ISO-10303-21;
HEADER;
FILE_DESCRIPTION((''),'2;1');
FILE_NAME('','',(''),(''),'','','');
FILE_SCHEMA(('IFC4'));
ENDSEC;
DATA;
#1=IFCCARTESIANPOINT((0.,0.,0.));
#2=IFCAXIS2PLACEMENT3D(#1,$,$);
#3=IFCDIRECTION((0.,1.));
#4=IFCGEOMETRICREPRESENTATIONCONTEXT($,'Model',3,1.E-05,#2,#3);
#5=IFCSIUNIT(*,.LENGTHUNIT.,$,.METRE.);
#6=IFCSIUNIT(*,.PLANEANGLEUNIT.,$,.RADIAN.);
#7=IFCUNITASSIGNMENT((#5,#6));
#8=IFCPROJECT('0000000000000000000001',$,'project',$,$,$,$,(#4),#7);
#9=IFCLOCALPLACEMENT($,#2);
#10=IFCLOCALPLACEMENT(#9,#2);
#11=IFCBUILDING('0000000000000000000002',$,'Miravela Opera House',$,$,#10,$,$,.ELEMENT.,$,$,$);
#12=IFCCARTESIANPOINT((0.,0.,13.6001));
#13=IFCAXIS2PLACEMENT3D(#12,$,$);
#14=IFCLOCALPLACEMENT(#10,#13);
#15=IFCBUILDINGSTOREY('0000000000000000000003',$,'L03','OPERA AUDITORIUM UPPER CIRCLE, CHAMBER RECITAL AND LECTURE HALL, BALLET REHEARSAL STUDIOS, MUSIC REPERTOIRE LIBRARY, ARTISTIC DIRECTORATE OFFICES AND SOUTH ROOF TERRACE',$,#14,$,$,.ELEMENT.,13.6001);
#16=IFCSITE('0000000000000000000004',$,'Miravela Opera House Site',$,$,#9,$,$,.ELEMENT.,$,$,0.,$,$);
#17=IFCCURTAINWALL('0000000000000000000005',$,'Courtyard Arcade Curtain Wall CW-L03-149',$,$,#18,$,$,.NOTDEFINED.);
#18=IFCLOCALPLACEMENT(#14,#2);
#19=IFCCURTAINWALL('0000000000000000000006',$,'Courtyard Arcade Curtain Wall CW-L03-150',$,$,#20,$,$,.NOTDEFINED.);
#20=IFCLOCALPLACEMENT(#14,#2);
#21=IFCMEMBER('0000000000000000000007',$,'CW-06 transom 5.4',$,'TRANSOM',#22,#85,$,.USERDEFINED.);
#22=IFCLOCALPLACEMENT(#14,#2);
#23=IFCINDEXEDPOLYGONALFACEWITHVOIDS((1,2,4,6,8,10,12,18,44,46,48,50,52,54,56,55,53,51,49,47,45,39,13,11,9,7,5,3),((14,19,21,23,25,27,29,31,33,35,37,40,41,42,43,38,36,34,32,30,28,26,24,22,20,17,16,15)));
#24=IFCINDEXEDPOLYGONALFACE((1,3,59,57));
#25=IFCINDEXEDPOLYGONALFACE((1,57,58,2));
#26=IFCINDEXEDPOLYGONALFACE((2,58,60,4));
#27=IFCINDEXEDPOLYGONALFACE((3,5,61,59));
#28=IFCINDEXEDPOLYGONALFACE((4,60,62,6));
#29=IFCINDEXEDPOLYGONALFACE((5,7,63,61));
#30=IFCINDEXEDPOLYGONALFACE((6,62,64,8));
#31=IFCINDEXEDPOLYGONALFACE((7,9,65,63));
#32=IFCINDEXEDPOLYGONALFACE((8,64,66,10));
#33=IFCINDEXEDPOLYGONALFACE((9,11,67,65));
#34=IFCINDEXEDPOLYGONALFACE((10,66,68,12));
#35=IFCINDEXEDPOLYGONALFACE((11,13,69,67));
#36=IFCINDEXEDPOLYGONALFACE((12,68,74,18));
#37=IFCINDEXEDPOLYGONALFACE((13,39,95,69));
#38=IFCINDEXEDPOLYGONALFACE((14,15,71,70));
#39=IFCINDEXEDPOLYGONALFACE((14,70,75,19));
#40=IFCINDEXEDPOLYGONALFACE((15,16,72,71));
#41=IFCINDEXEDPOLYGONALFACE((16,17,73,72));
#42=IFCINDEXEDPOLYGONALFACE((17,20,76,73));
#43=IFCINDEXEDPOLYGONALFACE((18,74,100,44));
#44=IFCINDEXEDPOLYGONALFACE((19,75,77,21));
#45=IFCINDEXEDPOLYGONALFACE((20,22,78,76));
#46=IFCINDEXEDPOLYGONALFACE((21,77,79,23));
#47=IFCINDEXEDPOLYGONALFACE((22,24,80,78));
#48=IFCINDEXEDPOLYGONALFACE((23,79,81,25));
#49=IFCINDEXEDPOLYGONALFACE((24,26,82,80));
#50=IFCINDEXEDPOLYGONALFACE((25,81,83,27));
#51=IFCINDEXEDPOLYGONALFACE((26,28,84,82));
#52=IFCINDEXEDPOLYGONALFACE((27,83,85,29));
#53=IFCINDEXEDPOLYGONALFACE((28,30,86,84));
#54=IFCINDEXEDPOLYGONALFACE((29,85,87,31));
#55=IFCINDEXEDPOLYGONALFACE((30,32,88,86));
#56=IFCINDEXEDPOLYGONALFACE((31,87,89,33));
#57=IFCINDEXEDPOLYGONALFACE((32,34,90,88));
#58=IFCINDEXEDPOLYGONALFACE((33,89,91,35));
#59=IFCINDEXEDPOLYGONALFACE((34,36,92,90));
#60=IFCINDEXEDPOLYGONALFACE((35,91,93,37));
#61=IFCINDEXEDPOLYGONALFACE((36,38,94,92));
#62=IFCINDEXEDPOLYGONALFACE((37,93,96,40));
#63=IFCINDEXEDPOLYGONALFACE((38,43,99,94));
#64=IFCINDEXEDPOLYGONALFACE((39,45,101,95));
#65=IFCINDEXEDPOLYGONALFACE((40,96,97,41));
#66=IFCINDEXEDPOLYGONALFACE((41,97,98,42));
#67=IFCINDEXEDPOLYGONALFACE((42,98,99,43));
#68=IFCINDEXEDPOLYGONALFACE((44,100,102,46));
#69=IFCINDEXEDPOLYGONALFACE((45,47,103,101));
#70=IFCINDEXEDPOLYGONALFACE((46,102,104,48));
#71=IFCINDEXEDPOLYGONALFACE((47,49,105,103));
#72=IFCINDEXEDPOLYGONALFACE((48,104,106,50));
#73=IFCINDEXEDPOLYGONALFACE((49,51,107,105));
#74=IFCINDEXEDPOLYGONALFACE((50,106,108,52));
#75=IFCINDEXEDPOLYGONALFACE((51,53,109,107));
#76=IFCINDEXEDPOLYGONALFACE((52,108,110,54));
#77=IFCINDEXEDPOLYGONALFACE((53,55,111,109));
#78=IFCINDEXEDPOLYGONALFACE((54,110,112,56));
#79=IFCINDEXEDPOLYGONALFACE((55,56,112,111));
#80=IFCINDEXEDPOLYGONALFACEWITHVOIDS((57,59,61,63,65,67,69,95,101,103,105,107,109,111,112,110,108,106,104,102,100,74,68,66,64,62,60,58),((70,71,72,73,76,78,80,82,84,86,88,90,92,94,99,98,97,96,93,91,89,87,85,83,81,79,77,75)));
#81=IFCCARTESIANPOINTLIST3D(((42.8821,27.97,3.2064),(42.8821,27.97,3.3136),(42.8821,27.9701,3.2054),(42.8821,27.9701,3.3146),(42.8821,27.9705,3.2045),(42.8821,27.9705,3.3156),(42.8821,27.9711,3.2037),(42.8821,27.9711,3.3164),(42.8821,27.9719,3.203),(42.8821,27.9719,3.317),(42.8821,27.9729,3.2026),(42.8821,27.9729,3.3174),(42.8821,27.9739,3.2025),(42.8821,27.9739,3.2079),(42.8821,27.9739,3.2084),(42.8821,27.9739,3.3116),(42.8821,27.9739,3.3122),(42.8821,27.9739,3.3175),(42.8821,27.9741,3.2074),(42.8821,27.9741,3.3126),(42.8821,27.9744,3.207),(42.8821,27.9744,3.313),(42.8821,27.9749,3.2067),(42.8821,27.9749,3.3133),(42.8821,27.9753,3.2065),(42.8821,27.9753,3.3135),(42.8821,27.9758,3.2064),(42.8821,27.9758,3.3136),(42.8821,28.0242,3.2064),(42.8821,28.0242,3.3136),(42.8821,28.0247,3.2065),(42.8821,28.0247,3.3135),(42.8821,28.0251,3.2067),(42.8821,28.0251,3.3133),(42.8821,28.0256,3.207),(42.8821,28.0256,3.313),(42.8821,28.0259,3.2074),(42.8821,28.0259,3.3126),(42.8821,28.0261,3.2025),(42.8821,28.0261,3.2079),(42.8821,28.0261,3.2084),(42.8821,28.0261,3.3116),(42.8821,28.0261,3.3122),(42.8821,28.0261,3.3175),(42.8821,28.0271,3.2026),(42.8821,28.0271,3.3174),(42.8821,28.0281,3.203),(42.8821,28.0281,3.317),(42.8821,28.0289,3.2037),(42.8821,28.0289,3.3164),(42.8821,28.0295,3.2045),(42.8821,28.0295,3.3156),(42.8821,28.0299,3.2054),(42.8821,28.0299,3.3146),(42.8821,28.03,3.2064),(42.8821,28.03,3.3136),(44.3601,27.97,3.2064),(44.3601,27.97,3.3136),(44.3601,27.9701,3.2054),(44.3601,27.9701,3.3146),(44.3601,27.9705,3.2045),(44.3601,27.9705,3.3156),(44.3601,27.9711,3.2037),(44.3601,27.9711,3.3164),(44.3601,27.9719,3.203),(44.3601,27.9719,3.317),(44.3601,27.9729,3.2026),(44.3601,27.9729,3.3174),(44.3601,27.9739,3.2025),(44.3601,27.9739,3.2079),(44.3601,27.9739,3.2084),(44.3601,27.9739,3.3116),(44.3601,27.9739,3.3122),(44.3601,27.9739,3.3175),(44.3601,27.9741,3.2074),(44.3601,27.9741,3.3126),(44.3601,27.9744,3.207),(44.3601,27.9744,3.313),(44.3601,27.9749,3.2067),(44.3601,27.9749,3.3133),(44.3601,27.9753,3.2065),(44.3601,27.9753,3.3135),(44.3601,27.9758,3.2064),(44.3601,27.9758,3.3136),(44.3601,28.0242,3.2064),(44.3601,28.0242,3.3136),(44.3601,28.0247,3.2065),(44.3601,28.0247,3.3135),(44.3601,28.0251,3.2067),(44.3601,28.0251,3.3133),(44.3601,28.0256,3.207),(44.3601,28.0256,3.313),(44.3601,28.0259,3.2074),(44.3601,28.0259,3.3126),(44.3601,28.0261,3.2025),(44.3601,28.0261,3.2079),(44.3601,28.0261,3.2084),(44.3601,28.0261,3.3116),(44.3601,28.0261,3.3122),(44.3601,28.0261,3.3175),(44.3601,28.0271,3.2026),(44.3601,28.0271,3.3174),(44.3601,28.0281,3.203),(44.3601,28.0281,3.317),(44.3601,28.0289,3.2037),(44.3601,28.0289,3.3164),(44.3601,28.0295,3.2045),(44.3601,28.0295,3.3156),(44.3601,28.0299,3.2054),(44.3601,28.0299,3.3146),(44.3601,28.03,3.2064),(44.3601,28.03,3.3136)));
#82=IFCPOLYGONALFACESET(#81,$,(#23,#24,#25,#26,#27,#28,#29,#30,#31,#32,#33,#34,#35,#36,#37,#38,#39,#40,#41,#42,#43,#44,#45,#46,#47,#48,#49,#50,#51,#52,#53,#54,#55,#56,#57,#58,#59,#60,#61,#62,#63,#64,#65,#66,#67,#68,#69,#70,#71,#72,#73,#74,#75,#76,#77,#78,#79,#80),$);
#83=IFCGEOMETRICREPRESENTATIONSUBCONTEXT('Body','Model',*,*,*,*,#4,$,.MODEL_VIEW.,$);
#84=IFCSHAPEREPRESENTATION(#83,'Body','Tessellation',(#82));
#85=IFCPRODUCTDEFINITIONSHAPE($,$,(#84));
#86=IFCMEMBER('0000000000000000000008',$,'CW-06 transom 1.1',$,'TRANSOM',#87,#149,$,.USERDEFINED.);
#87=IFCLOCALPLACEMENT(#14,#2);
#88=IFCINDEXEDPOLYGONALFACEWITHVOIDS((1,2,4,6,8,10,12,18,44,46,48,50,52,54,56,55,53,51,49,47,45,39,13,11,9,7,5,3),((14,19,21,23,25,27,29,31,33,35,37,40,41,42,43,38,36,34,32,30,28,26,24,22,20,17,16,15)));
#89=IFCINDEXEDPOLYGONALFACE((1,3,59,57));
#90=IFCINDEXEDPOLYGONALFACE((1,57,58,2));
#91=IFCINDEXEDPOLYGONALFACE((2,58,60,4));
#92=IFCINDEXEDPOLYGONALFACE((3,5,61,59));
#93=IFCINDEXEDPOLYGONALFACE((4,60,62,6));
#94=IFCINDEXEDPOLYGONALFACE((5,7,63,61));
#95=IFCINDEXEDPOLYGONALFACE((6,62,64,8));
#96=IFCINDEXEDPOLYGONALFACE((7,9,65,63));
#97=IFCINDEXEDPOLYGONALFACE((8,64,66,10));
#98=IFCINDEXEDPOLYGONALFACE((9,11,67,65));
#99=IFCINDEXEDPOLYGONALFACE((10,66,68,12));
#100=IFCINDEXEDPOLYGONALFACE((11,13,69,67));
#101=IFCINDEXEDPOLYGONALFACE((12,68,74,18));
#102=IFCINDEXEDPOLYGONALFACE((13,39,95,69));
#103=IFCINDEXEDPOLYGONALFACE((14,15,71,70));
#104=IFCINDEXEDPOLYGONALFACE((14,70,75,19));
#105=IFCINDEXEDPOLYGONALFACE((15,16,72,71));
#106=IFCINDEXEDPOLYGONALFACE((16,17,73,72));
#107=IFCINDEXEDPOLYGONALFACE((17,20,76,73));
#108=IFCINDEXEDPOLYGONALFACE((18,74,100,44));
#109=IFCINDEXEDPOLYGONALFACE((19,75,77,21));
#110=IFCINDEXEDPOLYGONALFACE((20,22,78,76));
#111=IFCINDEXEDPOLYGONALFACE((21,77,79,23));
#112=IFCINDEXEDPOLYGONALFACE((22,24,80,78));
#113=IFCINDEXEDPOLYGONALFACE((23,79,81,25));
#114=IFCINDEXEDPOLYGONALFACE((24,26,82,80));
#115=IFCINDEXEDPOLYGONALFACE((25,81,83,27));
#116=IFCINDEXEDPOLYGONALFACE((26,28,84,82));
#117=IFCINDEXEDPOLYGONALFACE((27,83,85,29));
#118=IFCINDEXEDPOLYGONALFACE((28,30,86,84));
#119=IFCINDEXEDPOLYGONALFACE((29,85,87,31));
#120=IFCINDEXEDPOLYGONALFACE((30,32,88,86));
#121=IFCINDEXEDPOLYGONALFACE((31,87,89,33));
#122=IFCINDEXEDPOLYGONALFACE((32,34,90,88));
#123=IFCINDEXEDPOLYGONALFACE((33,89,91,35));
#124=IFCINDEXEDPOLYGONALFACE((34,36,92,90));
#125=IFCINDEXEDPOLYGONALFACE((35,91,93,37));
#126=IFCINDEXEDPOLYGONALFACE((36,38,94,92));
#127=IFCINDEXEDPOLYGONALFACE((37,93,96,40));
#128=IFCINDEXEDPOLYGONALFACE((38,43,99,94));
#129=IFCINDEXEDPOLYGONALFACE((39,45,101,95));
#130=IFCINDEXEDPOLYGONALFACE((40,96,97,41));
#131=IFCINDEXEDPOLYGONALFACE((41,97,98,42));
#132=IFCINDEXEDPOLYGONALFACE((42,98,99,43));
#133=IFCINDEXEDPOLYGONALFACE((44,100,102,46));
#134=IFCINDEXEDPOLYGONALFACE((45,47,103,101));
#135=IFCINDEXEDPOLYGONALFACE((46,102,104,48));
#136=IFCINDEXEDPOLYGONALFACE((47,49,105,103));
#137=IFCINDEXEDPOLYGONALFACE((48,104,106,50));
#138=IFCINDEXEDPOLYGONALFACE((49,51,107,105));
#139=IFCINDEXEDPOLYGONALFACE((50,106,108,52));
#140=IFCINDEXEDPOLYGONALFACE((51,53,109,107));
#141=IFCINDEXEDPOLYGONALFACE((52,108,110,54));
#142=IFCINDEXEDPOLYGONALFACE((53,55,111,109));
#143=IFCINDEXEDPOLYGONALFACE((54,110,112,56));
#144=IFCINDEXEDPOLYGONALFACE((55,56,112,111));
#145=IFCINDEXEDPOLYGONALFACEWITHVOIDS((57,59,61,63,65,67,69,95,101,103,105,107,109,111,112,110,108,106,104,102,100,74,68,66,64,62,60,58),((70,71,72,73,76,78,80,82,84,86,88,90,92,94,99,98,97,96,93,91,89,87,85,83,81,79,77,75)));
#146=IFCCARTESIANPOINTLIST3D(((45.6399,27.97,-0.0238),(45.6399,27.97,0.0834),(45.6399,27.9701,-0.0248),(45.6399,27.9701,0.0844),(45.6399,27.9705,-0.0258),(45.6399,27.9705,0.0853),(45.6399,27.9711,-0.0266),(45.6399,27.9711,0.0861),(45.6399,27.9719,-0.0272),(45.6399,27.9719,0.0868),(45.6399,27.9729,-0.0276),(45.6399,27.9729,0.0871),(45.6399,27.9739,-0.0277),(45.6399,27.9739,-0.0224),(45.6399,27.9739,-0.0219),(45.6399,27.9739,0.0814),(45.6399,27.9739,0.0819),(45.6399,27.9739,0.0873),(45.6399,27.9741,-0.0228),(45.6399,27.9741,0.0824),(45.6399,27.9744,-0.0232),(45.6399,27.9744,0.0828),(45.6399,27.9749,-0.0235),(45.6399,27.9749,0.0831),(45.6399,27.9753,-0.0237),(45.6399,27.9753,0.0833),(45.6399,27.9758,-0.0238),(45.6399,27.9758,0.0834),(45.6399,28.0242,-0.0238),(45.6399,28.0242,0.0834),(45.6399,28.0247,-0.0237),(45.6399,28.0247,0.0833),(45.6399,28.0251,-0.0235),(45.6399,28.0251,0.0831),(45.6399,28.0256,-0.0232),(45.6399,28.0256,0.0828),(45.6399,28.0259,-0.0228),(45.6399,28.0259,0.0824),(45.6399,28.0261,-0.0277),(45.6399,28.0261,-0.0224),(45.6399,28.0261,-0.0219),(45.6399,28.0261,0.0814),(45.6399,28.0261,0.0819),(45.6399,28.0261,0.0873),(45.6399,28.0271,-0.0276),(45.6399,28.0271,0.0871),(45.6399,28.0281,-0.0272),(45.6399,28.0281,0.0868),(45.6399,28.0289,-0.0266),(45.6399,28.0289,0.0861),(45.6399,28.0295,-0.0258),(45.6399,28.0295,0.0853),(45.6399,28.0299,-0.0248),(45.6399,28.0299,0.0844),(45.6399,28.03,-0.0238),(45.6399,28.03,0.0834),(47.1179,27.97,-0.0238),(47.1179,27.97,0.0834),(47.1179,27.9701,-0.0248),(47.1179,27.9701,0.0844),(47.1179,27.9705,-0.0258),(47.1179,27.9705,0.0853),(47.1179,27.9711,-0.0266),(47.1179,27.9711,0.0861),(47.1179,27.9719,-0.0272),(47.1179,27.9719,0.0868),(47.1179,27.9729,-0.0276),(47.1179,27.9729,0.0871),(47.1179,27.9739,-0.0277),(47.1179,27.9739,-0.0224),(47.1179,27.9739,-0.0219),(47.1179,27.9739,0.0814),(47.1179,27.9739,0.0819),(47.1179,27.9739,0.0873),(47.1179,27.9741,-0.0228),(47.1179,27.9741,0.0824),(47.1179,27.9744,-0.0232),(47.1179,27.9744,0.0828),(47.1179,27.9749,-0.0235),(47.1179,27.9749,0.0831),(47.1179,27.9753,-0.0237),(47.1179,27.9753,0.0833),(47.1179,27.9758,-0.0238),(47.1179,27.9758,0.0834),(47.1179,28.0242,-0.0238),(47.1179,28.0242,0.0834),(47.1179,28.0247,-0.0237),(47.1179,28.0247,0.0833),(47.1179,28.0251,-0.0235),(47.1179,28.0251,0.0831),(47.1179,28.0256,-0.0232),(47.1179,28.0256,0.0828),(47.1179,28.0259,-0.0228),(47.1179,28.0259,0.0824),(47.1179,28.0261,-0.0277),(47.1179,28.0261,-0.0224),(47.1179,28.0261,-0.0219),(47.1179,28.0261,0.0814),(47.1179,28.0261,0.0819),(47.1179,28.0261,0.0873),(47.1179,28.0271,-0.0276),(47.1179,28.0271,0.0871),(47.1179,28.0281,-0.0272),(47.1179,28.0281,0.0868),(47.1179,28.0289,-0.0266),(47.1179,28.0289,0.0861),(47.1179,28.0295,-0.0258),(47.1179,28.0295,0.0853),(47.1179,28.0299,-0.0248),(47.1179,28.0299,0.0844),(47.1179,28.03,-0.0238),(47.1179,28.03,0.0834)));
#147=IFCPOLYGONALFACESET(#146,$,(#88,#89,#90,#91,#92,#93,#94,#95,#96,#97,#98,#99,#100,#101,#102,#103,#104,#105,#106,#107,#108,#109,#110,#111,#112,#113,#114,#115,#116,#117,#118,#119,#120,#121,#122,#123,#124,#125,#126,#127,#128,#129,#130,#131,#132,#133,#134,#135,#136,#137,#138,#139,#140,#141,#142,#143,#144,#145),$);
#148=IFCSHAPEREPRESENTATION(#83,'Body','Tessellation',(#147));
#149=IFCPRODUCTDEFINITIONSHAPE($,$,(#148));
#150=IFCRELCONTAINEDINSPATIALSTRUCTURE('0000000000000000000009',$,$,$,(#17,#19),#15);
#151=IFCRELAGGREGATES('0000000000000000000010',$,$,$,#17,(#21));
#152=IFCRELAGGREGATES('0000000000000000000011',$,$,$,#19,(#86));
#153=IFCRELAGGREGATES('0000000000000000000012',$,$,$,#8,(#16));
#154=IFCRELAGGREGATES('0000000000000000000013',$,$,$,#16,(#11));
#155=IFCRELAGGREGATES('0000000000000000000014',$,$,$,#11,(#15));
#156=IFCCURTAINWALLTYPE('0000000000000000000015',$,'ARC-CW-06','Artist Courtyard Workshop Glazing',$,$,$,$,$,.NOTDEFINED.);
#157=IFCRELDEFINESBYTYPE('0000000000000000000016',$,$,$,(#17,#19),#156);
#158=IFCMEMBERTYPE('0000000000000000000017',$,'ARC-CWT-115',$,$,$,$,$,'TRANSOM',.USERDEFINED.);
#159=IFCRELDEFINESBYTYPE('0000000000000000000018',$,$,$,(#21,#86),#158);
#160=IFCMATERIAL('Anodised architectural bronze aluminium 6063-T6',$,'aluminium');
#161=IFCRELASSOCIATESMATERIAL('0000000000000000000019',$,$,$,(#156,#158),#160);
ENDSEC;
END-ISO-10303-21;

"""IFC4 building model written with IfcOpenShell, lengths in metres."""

from ifc_helpers import new_model, si_unit, direction, frame, origin, origin_2d, place, context, subcontext, project, spatial, hollow_rectangle, extrude, material, material_profile, profile_set, type_object, element, aggregate, save


model = new_model("IFC4")

# Units and contexts
model_context = context("Model", 3, precision=1e-05, world=origin(), true_north=direction((0.0, 1.0)))
body_context = subcontext(model_context, "Body", "Model", "MODEL_VIEW")
ifc_project = project(units=[si_unit("LENGTHUNIT", "METRE"), si_unit("PLANEANGLEUNIT", "RADIAN")], contexts=[model_context])

# Site, building, storey
site_placement = place(None, origin())
site = spatial("IfcSite", under=ifc_project, at=site_placement, Name="Miravela Opera House Site", CompositionType="ELEMENT", RefElevation=0.0)
building_placement = place(site_placement, origin())
building = spatial("IfcBuilding", under=site, at=building_placement, Name="Miravela Opera House", CompositionType="ELEMENT")
storey_placement = place(building_placement, frame((0.0, 0.0, 13.6001)))
storey = spatial("IfcBuildingStorey", under=building, at=storey_placement, Name="L03", Description="OPERA AUDITORIUM UPPER CIRCLE, CHAMBER RECITAL AND LECTURE HALL, BALLET REHEARSAL STUDIOS, MUSIC REPERTOIRE LIBRARY, ARTISTIC DIRECTORATE OFFICES AND SOUTH ROOF TERRACE", CompositionType="ELEMENT", Elevation=13.6001)

# Curtain walls
ifc_material_1 = material(Name="Anodised architectural bronze aluminium 6063-T6", Category="aluminium")
curtain_wall_type = type_object("IfcCurtainWallType", Name="ARC-CW-06", Description="Artist Courtyard Workshop Glazing", PredefinedType="NOTDEFINED", material=ifc_material_1)
curtain_wall_1_placement = place(storey_placement, origin())
curtain_wall_1 = element("IfcCurtainWall", 1, at=curtain_wall_1_placement, inside=storey, type_object=curtain_wall_type, Name="Courtyard Arcade Curtain Wall CW-L03-149", PredefinedType="NOTDEFINED")
curtain_wall_2_placement = place(storey_placement, origin())
curtain_wall_2 = element("IfcCurtainWall", 2, at=curtain_wall_2_placement, inside=storey, type_object=curtain_wall_type, Name="Courtyard Arcade Curtain Wall CW-L03-150", PredefinedType="NOTDEFINED")

# Members
ifc_material_profile_1 = material_profile(ifc_material_1, hollow_rectangle(XDim=0.0601, YDim=0.115, WallThickness=0.0039, InnerFilletRadius=0.002, OuterFilletRadius=0.0039, at=origin_2d()), Name="CWT-60X115")
ifc_profile_set_1 = profile_set([ifc_material_profile_1])
member_type_1 = type_object("IfcMemberType", Name="ARC-CWT-115", ElementType="TRANSOM", PredefinedType="USERDEFINED", material=ifc_profile_set_1)
member_1_placement = place(storey_placement, frame((42.8821, 28.0, 3.26), z_axis=(1.0, 0.0, 0.0), x_axis=(0.0, 1.0, 0.0)))
member_1 = element("IfcMember", 3, at=member_1_placement, type_object=member_type_1, Name="CW-06 transom 5.4", ObjectType="TRANSOM", PredefinedType="USERDEFINED", context=body_context, shape_type="SweptSolid", body=[
    extrude(hollow_rectangle(XDim=0.0601, YDim=0.115, WallThickness=0.0039, InnerFilletRadius=0.002, OuterFilletRadius=0.0039, at=origin_2d()), origin(), (0.0, 0.0, 1.0), 1.478),
])
member_2_placement = place(storey_placement, frame((45.6399, 28.0, 0.0298), z_axis=(1.0, 0.0, 0.0), x_axis=(0.0, 1.0, 0.0)))
member_2 = element("IfcMember", 4, at=member_2_placement, type_object=member_type_1, Name="CW-06 transom 1.1", ObjectType="TRANSOM", PredefinedType="USERDEFINED", context=body_context, shape_type="SweptSolid", body=[
    extrude(hollow_rectangle(XDim=0.0601, YDim=0.115, WallThickness=0.0039, InnerFilletRadius=0.002, OuterFilletRadius=0.0039, at=origin_2d()), origin(), (0.0, 0.0, 1.0), 1.478),
])

aggregate(curtain_wall_1, [member_1])
aggregate(curtain_wall_2, [member_2])

save(model, "model.ifc")
